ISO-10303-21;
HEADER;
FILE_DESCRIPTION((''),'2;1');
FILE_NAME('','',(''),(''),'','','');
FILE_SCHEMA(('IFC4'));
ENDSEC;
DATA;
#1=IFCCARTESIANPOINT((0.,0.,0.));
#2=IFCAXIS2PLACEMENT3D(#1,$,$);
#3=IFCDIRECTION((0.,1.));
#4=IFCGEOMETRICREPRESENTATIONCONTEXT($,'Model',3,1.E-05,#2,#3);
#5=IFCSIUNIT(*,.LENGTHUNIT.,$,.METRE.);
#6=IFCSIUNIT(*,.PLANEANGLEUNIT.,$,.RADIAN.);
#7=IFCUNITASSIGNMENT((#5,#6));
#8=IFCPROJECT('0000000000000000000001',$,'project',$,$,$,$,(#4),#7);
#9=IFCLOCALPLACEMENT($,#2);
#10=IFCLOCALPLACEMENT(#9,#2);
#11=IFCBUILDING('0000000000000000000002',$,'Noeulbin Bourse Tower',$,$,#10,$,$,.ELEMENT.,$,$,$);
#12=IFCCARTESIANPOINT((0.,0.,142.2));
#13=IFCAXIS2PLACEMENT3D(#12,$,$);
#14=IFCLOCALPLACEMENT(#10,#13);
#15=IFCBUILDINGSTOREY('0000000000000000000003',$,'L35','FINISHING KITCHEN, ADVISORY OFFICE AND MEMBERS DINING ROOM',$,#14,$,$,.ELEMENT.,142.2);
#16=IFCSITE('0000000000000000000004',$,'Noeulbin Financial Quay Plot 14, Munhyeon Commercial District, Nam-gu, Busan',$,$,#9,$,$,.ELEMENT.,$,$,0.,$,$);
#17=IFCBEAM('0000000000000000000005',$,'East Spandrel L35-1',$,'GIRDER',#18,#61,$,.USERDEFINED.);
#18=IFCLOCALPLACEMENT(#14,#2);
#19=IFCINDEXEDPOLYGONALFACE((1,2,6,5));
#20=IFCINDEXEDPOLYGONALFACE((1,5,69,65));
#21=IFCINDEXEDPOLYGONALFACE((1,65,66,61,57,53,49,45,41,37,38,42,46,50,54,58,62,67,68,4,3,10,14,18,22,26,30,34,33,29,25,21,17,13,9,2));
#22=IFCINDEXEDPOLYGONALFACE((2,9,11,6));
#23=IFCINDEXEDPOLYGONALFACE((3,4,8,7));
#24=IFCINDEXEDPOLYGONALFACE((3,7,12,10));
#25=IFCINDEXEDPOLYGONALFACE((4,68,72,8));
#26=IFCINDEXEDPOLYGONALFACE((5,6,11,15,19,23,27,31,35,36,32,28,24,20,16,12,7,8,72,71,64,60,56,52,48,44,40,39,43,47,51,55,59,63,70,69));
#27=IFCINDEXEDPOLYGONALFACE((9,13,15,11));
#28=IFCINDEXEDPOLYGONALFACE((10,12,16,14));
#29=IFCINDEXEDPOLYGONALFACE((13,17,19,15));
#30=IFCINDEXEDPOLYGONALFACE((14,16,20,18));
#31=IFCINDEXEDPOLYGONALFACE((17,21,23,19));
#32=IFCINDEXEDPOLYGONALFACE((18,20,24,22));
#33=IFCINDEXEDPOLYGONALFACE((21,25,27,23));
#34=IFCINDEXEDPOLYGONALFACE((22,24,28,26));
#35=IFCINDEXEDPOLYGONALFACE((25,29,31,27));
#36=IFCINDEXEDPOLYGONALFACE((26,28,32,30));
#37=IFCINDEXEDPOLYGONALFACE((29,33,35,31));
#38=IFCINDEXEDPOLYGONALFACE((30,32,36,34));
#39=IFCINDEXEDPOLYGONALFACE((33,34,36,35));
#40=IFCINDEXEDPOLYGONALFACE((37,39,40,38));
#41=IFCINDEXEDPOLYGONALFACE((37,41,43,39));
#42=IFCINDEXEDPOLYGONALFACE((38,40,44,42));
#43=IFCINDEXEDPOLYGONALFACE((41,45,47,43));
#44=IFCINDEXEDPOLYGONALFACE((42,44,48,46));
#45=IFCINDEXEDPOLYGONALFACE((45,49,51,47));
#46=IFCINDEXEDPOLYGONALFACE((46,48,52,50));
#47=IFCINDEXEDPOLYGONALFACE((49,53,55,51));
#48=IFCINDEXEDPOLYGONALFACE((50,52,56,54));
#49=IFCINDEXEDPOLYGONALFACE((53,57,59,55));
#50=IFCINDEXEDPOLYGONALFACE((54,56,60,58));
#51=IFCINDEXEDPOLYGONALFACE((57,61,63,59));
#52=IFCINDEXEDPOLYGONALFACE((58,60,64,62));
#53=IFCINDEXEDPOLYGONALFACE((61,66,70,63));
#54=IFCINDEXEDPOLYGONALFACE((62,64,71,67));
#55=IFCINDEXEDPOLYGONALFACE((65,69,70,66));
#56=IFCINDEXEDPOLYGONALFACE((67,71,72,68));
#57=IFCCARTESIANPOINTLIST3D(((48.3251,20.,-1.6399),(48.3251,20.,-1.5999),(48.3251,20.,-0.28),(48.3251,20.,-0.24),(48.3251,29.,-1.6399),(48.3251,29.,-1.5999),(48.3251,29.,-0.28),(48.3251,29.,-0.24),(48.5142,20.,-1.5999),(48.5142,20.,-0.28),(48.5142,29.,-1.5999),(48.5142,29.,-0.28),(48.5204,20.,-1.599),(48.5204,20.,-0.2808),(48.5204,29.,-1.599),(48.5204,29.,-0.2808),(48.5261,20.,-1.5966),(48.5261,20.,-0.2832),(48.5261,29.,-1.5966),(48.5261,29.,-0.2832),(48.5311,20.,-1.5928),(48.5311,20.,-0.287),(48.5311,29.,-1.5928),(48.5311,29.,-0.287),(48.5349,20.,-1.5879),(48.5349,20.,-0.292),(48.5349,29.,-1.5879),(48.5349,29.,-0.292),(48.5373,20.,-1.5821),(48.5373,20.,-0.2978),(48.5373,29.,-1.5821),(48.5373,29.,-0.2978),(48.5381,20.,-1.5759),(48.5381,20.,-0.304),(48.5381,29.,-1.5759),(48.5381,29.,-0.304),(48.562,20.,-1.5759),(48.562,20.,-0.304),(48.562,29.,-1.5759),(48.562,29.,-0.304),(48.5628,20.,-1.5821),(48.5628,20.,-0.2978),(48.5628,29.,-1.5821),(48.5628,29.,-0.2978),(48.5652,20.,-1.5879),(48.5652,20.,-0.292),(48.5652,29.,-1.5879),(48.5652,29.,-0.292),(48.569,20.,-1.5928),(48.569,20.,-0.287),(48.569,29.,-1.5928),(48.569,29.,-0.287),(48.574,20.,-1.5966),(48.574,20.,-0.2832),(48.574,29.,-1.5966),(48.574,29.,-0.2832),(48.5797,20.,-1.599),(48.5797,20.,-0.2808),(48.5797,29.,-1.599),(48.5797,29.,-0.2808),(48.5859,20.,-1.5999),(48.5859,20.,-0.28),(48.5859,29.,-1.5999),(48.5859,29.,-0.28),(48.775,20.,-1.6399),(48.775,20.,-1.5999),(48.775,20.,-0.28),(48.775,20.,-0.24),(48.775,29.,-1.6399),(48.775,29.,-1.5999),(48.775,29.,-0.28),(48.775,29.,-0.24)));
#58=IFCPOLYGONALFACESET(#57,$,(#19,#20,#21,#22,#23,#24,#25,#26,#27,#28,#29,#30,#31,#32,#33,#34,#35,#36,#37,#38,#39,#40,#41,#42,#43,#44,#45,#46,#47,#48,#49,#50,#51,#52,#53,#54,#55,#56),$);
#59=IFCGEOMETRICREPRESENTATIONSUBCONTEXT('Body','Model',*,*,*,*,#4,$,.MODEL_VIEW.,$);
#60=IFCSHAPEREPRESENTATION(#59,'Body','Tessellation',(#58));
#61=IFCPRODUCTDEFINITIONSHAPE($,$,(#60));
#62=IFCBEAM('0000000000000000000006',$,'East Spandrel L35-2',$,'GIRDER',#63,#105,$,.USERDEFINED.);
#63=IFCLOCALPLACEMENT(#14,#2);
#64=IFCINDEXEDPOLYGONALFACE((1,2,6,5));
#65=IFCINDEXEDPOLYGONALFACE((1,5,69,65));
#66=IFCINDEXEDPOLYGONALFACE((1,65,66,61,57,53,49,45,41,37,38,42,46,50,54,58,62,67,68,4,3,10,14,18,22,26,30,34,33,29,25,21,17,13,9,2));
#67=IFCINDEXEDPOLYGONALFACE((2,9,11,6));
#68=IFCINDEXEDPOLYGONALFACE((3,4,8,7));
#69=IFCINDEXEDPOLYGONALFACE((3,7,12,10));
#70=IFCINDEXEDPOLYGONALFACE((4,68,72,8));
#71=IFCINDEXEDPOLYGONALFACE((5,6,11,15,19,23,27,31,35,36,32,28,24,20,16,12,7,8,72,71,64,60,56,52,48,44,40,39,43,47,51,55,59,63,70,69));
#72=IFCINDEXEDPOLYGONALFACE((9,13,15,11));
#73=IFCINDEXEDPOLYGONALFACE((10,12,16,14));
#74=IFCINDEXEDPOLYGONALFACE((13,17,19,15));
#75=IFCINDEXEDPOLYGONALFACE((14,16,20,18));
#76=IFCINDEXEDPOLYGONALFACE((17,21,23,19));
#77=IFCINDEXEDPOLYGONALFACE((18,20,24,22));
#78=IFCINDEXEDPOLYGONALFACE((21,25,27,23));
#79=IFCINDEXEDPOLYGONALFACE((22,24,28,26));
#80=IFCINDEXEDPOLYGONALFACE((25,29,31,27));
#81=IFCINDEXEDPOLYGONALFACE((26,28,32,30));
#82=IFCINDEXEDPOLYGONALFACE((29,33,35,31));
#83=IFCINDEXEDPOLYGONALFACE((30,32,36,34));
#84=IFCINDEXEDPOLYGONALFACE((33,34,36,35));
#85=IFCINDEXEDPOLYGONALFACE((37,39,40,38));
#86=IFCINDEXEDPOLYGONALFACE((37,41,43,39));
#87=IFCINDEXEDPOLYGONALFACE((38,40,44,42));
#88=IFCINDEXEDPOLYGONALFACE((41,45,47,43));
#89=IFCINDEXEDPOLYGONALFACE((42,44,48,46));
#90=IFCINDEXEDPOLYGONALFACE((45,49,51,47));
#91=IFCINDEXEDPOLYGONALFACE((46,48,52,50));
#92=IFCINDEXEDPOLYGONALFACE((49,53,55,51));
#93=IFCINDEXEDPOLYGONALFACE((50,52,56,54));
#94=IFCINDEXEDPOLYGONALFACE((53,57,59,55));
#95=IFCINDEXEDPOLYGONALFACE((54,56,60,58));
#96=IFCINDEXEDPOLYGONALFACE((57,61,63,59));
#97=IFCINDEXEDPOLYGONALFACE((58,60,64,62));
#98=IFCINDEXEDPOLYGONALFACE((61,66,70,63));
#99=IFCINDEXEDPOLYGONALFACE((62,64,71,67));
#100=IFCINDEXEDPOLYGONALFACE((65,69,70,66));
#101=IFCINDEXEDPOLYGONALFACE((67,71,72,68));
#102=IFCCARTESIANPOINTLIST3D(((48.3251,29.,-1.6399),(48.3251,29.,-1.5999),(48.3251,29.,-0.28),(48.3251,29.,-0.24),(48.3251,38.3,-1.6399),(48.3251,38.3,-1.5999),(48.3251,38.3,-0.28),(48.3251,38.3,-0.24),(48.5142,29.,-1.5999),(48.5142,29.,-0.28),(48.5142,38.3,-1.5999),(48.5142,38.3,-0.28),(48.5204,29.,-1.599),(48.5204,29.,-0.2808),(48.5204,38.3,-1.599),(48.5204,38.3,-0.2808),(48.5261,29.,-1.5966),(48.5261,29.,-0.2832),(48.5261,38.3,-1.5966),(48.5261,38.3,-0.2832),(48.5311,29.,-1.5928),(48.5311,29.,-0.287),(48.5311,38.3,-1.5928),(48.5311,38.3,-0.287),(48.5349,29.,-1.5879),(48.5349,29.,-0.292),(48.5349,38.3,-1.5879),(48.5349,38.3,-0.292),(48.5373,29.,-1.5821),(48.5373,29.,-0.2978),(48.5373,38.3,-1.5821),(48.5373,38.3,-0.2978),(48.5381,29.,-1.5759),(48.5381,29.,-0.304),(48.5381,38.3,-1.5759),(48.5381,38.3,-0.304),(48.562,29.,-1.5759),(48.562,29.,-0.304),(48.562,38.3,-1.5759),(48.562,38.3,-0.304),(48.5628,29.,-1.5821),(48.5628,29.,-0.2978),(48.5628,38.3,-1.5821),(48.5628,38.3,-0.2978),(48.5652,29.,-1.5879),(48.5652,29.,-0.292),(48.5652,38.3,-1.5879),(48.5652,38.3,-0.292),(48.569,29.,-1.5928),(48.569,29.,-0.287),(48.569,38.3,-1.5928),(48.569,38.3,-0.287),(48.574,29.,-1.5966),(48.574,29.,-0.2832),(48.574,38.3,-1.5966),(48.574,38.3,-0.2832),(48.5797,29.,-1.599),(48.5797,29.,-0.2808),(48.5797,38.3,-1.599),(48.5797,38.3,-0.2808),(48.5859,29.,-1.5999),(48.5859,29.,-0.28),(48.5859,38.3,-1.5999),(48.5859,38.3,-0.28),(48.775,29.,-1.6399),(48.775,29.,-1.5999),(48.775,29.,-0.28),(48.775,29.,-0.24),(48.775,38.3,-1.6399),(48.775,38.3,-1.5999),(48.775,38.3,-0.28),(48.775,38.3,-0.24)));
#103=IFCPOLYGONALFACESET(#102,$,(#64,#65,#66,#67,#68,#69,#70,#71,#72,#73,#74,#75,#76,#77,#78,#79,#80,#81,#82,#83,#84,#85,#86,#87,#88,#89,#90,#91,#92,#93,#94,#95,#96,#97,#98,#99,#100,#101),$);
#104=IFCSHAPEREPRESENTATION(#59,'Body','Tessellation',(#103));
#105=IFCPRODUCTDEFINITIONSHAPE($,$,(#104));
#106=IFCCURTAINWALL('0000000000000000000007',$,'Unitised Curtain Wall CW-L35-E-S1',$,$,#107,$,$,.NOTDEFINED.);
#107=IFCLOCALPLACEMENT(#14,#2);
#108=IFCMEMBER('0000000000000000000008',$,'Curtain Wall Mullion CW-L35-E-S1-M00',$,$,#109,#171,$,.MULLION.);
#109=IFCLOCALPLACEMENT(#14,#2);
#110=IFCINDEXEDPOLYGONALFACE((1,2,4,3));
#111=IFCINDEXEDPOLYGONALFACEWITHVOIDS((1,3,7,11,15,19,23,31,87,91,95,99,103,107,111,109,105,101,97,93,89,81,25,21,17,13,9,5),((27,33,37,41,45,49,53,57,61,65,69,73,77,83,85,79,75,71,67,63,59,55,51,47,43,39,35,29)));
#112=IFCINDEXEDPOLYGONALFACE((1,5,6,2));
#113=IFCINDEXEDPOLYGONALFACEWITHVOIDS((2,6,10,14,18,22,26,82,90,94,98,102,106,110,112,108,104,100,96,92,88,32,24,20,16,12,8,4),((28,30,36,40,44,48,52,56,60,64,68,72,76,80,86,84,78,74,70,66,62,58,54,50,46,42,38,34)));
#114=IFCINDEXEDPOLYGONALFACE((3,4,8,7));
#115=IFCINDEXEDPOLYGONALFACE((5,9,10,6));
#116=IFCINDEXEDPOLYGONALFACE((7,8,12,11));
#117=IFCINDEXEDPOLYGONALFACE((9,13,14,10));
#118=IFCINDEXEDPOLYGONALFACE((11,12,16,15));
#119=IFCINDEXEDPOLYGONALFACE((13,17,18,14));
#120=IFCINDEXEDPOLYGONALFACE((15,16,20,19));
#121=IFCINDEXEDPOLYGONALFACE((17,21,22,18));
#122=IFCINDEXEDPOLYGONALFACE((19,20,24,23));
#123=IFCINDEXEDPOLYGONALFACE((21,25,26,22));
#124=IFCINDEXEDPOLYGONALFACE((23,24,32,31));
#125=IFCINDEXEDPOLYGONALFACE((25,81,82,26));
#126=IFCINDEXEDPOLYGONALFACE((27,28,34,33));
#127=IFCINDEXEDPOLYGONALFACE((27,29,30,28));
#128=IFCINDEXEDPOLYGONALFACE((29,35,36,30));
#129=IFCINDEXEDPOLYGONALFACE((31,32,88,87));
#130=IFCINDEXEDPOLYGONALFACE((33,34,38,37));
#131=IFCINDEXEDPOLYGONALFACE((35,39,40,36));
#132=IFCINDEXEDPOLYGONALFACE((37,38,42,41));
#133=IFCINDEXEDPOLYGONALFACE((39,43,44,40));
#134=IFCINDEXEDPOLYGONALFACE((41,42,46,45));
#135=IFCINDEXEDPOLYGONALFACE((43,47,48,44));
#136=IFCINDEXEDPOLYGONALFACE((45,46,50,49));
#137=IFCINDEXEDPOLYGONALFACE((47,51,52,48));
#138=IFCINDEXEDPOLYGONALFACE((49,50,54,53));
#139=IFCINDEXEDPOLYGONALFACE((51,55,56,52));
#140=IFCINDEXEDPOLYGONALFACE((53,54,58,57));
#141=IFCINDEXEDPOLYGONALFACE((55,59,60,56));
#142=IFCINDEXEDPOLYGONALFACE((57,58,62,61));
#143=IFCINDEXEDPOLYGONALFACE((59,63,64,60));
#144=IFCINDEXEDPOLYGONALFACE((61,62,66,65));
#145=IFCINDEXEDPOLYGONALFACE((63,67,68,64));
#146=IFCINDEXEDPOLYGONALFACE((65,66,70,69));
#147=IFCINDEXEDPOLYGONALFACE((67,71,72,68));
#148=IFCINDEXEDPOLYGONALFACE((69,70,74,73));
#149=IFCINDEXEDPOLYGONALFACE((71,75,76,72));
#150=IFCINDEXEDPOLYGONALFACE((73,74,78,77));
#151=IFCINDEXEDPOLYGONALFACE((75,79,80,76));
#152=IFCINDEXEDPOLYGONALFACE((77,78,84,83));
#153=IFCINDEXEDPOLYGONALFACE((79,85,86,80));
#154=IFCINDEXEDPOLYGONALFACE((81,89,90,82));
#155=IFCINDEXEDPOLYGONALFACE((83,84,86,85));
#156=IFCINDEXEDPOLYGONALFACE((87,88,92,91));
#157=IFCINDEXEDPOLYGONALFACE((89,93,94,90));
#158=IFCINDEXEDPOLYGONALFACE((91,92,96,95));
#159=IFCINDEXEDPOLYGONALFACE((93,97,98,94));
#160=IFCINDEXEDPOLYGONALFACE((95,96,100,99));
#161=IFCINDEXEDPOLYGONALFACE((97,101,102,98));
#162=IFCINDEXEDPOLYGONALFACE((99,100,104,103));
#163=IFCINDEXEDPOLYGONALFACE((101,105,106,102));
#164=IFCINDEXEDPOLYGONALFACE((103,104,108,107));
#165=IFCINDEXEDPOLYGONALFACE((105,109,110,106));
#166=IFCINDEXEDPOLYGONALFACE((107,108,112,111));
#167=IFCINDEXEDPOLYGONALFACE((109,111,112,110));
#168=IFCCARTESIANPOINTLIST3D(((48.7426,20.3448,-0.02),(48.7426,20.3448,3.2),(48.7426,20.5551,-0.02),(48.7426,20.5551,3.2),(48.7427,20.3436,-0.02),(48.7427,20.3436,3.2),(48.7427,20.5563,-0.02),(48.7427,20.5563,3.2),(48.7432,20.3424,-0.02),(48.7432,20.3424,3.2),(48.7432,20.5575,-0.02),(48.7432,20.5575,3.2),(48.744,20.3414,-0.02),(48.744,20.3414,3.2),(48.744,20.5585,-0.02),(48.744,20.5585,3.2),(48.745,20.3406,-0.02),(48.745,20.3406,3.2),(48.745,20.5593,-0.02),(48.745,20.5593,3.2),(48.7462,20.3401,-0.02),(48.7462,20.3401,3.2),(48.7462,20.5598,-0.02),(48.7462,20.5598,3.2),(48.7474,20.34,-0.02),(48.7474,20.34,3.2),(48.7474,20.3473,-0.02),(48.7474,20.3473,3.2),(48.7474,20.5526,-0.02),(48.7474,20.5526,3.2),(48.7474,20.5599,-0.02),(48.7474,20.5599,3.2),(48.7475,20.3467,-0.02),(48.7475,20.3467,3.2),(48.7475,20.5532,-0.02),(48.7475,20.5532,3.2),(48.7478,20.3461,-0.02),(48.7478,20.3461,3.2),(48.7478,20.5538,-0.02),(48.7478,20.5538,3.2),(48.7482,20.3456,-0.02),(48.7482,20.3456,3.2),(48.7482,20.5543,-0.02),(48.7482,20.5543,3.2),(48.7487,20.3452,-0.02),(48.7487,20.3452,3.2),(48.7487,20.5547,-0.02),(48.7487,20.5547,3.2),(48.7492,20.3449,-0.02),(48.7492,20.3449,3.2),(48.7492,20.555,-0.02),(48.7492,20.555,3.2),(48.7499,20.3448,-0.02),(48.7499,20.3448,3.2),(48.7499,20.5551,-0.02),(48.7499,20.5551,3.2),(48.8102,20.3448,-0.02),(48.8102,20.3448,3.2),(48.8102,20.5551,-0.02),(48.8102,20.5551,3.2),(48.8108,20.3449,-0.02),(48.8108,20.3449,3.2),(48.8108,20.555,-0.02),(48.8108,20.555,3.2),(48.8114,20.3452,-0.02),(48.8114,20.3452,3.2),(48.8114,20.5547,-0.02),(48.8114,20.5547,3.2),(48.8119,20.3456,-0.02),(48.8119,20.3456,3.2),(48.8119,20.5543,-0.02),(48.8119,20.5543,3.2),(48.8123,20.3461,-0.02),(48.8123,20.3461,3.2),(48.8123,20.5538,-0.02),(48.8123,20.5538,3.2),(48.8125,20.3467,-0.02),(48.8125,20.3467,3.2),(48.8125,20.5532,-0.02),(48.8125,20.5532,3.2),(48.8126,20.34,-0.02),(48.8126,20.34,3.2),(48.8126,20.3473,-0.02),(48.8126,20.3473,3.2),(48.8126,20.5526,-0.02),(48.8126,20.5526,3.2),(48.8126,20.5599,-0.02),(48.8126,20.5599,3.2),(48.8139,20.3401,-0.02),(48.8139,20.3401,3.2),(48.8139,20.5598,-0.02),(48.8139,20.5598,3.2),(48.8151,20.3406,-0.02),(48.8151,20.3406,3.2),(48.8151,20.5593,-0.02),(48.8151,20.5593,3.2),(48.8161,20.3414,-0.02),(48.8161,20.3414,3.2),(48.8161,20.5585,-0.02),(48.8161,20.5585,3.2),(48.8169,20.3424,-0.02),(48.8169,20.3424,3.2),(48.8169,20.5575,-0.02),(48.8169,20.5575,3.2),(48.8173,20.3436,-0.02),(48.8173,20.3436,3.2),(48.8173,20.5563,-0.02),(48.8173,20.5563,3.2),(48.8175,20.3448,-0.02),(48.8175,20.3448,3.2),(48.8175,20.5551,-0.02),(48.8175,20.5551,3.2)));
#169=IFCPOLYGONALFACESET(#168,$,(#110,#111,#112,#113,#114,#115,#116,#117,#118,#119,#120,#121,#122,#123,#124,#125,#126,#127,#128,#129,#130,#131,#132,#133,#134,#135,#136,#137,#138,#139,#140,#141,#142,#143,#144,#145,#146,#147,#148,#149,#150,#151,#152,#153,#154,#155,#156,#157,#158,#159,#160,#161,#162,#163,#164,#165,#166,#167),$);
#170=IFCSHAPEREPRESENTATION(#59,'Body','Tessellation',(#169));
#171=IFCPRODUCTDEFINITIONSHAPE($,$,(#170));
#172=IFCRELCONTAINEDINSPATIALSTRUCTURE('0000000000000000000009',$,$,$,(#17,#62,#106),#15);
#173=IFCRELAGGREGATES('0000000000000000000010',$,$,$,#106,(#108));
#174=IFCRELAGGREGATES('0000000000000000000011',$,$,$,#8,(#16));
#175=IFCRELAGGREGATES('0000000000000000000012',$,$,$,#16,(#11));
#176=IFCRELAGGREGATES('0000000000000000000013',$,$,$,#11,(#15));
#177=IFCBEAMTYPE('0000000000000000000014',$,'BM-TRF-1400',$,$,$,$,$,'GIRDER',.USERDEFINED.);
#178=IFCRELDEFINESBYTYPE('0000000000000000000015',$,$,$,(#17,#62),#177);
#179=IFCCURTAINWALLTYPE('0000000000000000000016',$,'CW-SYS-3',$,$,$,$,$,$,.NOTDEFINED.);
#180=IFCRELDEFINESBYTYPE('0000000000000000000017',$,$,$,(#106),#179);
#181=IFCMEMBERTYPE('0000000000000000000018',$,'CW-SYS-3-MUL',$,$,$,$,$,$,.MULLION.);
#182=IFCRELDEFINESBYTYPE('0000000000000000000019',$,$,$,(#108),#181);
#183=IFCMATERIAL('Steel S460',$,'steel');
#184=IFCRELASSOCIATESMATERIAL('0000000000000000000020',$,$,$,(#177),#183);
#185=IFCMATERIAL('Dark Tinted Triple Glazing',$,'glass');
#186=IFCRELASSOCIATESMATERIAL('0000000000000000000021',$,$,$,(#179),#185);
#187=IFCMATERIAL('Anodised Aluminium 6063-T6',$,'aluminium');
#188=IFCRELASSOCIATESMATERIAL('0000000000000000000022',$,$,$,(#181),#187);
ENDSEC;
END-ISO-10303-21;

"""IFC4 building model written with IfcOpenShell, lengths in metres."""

from ifc_helpers import new_model, si_unit, direction, frame, origin, origin_2d, place, context, subcontext, project, spatial, hollow_rectangle, i_section, extrude, material, material_profile, profile_set, type_object, element, aggregate, save


model = new_model("IFC4")

# Units and contexts
model_context = context("Model", 3, precision=1e-05, world=origin(), true_north=direction((0.0, 1.0)))
body_context = subcontext(model_context, "Body", "Model", "MODEL_VIEW")
ifc_project = project(units=[si_unit("LENGTHUNIT", "METRE"), si_unit("PLANEANGLEUNIT", "RADIAN")], contexts=[model_context])

# Site, building, storey
site_placement = place(None, origin())
site = spatial("IfcSite", under=ifc_project, at=site_placement, Name="Noeulbin Financial Quay Plot 14, Munhyeon Commercial District, Nam-gu, Busan", CompositionType="ELEMENT", RefElevation=0.0)
building_placement = place(site_placement, origin())
building = spatial("IfcBuilding", under=site, at=building_placement, Name="Noeulbin Bourse Tower", CompositionType="ELEMENT")
storey_placement = place(building_placement, frame((0.0, 0.0, 142.2)))
storey = spatial("IfcBuildingStorey", under=building, at=storey_placement, Name="L35", Description="FINISHING KITCHEN, ADVISORY OFFICE AND MEMBERS DINING ROOM", CompositionType="ELEMENT", Elevation=142.2)

# Shared definitions
ifc_material_1 = material(Name="Steel S460", Category="steel")

# Beams
ifc_material_profile_1 = material_profile(ifc_material_1, i_section(OverallWidth=0.45, OverallDepth=1.3999, WebThickness=0.0239, FlangeThickness=0.04, FilletRadius=0.0239, at=origin_2d()), Name="PG-1400x450x24x40", Category="LoadBearing")
ifc_profile_set_1 = profile_set([ifc_material_profile_1], Name="Steel S460")
beam_type_1 = type_object("IfcBeamType", Name="BM-TRF-1400", ElementType="GIRDER", PredefinedType="USERDEFINED", material=ifc_profile_set_1)
beam_1_placement = place(storey_placement, frame((48.55, 20.0, -0.9399), z_axis=(0.0, 1.0, 0.0), x_axis=(-1.0, 0.0, 0.0)))
element("IfcBeam", 1, at=beam_1_placement, inside=storey, type_object=beam_type_1, Name="East Spandrel L35-1", ObjectType="GIRDER", PredefinedType="USERDEFINED", context=body_context, shape_type="SweptSolid", body=[
    extrude(i_section(OverallWidth=0.45, OverallDepth=1.3999, WebThickness=0.0239, FlangeThickness=0.04, FilletRadius=0.0239, at=origin_2d()), origin(), (0.0, 0.0, 1.0), 9.0),
])
beam_2_placement = place(storey_placement, frame((48.55, 29.0, -0.9399), z_axis=(0.0, 1.0, 0.0), x_axis=(-1.0, 0.0, 0.0)))
element("IfcBeam", 2, at=beam_2_placement, inside=storey, type_object=beam_type_1, Name="East Spandrel L35-2", ObjectType="GIRDER", PredefinedType="USERDEFINED", context=body_context, shape_type="SweptSolid", body=[
    extrude(i_section(OverallWidth=0.45, OverallDepth=1.3999, WebThickness=0.0239, FlangeThickness=0.04, FilletRadius=0.0239, at=origin_2d()), origin(), (0.0, 0.0, 1.0), 9.3),
])

# Curtain wall, member
ifc_material_2 = material(Name="Dark Tinted Triple Glazing", Category="glass")
curtain_wall_type = type_object("IfcCurtainWallType", Name="CW-SYS-3", PredefinedType="NOTDEFINED", material=ifc_material_2)
curtain_wall_placement = place(storey_placement, origin())
curtain_wall = element("IfcCurtainWall", 3, at=curtain_wall_placement, inside=storey, type_object=curtain_wall_type, Name="Unitised Curtain Wall CW-L35-E-S1", PredefinedType="NOTDEFINED")
ifc_material_3 = material(Name="Anodised Aluminium 6063-T6", Category="aluminium")
ifc_material_profile_2 = material_profile(ifc_material_3, hollow_rectangle(XDim=0.075, YDim=0.22, WallThickness=0.0049, InnerFilletRadius=0.0024, OuterFilletRadius=0.0049, at=origin_2d()), Name="ALU-MULL-75x220x5", Category="LoadBearing")
ifc_profile_set_2 = profile_set([ifc_material_profile_2], Name="Anodised Aluminium 6063-T6")
member_type_1 = type_object("IfcMemberType", Name="CW-SYS-3-MUL", PredefinedType="MULLION", material=ifc_profile_set_2)
member_1_placement = place(storey_placement, frame((48.78, 20.45, -0.02), z_axis=(0.0, 0.0, 1.0), x_axis=(1.0, 0.0, 0.0)))
member_1 = element("IfcMember", 4, at=member_1_placement, type_object=member_type_1, Name="Curtain Wall Mullion CW-L35-E-S1-M00", PredefinedType="MULLION", context=body_context, shape_type="SweptSolid", body=[
    extrude(hollow_rectangle(XDim=0.075, YDim=0.22, WallThickness=0.0049, InnerFilletRadius=0.0024, OuterFilletRadius=0.0049, at=origin_2d()), origin(), (0.0, 0.0, 1.0), 3.22),
])
aggregate(curtain_wall, [member_1])

save(model, "model.ifc")
